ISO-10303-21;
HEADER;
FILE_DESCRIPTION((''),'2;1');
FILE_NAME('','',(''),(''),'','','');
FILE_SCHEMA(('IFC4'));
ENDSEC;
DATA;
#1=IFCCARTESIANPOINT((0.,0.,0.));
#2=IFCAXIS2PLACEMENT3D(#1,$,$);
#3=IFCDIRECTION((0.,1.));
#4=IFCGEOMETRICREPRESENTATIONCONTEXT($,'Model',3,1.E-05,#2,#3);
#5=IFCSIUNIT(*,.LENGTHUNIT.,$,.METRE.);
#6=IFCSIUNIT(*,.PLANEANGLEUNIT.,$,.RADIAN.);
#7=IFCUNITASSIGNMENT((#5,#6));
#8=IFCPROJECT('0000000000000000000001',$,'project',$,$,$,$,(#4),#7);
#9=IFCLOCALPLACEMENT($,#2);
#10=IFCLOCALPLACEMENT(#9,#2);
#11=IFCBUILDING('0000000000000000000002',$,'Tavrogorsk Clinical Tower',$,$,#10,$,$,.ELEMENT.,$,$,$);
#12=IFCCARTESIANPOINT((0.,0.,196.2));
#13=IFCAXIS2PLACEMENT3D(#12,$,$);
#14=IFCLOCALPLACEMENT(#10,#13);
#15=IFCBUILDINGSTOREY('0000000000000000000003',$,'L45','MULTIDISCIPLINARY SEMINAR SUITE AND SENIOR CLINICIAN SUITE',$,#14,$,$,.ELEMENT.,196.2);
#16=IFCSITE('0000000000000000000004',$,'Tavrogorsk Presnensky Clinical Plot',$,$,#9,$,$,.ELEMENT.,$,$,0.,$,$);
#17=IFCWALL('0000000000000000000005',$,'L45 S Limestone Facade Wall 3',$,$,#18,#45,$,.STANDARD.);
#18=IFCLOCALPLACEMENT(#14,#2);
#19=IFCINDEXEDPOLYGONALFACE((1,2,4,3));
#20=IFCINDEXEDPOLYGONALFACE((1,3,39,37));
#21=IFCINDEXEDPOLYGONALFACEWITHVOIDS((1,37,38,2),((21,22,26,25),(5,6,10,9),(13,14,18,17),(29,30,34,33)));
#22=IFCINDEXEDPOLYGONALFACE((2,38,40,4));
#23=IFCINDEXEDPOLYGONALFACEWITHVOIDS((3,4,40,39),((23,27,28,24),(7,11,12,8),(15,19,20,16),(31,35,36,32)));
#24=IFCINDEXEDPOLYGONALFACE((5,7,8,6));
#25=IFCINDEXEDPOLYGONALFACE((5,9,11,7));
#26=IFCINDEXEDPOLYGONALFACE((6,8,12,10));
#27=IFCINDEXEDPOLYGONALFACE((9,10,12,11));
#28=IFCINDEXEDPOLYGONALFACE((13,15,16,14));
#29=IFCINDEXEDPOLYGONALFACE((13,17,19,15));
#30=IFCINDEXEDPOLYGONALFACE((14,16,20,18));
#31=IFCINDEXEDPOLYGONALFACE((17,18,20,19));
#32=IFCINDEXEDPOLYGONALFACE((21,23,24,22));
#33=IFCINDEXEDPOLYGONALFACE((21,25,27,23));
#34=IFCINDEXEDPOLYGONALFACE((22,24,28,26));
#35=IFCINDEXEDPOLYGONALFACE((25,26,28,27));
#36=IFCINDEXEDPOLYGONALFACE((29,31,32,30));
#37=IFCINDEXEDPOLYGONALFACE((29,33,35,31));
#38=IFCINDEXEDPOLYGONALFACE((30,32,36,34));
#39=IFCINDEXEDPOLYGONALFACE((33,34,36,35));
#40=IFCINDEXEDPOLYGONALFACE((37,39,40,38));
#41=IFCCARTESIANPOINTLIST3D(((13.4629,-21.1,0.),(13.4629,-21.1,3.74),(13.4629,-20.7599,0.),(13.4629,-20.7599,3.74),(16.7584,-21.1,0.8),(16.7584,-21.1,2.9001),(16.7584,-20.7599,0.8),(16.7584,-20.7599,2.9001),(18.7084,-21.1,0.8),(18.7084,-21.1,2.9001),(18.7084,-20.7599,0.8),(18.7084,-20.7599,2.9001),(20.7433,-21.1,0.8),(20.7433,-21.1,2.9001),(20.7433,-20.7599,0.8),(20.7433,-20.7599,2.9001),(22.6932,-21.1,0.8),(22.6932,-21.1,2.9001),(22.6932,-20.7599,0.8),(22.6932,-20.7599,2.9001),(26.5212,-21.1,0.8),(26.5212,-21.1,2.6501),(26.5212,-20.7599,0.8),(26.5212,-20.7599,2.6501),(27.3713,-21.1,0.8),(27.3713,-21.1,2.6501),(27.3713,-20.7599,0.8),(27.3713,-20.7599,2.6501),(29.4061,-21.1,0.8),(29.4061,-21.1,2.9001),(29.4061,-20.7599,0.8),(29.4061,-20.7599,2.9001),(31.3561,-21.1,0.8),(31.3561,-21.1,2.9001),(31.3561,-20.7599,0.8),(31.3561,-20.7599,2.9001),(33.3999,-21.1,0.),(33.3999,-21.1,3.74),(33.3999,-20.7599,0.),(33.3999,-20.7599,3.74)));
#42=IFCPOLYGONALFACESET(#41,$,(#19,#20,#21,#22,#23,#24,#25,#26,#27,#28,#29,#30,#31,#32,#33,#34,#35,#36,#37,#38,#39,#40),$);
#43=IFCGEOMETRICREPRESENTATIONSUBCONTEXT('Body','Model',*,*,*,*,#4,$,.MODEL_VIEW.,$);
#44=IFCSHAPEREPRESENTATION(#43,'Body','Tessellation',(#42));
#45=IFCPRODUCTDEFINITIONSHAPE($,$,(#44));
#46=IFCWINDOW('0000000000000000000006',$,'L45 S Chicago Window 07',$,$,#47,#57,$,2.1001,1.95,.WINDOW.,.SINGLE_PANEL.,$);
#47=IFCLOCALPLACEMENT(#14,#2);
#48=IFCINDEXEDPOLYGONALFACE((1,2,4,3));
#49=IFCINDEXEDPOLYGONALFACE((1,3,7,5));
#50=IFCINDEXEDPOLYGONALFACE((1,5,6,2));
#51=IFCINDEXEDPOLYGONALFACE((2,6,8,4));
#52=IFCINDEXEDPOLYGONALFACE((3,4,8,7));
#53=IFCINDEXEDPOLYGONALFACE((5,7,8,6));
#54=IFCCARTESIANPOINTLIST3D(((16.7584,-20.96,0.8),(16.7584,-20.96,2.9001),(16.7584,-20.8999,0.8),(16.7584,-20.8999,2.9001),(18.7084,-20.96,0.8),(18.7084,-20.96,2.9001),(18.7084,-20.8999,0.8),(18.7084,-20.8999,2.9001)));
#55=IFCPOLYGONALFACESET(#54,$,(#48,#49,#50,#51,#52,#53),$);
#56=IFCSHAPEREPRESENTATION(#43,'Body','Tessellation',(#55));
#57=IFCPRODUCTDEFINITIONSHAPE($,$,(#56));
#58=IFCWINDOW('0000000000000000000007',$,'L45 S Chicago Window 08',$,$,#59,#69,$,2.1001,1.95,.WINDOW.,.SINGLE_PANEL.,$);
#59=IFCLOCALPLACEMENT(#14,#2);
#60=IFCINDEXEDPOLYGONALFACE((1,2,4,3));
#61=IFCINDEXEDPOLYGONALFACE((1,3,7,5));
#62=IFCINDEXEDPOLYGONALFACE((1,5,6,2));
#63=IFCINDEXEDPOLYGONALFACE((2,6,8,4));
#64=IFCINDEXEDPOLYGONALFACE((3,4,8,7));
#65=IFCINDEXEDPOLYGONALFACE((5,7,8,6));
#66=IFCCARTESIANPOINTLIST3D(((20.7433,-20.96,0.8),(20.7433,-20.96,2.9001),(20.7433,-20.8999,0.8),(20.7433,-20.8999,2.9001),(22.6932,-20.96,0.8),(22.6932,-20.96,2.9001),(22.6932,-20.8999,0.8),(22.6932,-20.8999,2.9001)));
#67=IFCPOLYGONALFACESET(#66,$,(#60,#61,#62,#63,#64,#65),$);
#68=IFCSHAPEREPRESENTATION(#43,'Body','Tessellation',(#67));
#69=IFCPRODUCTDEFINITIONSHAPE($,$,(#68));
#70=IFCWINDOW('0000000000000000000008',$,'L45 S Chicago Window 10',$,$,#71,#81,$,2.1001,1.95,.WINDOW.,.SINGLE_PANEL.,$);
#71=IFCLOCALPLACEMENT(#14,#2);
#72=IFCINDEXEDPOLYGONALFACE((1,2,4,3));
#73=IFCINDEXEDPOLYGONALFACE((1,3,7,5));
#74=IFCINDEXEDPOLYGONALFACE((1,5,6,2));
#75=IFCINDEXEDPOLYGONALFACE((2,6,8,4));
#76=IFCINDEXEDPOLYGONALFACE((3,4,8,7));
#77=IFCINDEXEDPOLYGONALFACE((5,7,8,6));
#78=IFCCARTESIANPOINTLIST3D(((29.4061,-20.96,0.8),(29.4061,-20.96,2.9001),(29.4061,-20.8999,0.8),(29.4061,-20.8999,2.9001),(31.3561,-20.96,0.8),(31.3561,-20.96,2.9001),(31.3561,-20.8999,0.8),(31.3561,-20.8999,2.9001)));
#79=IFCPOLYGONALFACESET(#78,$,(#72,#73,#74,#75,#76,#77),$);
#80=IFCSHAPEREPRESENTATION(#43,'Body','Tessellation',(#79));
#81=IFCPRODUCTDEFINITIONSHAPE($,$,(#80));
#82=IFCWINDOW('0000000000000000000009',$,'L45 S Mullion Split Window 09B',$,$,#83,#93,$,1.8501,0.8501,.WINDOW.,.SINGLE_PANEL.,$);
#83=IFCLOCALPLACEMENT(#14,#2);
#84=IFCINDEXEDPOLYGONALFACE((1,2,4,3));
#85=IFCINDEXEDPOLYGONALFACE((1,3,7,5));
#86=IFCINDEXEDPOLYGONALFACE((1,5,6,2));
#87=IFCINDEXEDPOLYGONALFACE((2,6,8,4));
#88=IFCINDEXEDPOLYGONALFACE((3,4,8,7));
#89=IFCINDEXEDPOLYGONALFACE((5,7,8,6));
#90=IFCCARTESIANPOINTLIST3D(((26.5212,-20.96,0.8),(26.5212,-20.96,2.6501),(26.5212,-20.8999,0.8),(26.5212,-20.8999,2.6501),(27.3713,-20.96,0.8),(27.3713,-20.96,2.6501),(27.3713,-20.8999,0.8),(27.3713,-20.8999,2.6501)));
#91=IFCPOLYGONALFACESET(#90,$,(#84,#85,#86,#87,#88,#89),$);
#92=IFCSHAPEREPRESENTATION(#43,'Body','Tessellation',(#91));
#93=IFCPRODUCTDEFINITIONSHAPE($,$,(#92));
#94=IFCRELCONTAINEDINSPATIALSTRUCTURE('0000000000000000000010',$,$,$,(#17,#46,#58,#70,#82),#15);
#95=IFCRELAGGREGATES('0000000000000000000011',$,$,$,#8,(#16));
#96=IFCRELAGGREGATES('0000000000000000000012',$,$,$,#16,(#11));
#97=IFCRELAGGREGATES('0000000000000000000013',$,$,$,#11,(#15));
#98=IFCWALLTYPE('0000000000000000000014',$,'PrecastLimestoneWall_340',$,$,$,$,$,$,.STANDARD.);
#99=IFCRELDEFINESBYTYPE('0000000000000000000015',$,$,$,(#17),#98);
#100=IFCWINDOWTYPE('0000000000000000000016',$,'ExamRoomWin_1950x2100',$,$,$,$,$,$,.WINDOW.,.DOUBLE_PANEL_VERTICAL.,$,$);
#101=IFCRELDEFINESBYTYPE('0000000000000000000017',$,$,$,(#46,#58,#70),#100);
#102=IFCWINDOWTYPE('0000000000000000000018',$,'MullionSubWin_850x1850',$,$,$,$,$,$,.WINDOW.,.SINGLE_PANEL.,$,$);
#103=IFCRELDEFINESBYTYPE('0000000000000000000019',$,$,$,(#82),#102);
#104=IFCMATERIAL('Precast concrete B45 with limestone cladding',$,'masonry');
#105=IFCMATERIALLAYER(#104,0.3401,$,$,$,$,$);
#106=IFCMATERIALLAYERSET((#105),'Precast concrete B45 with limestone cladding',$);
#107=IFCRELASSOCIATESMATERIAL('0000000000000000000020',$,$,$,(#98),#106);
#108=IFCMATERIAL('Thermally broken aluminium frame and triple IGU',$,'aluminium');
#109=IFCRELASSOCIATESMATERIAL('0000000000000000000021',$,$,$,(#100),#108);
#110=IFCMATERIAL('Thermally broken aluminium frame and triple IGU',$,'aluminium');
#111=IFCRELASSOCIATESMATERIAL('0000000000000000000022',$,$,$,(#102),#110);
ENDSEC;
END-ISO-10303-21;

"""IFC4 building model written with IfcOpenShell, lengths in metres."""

from ifc_helpers import new_model, si_unit, direction, frame, frame_2d, origin, place, context, subcontext, project, spatial, rectangle, extrude, material, layer, layer_set, type_object, element, fill, save


model = new_model("IFC4")

# Units and contexts
model_context = context("Model", 3, precision=1e-05, world=origin(), true_north=direction((0.0, 1.0)))
body_context = subcontext(model_context, "Body", "Model", "MODEL_VIEW")
ifc_project = project(units=[si_unit("LENGTHUNIT", "METRE"), si_unit("PLANEANGLEUNIT", "RADIAN")], contexts=[model_context])

# Site, building, storey
site_placement = place(None, origin())
site = spatial("IfcSite", under=ifc_project, at=site_placement, Name="Tavrogorsk Presnensky Clinical Plot", CompositionType="ELEMENT", RefElevation=0.0)
building_placement = place(site_placement, origin())
building = spatial("IfcBuilding", under=site, at=building_placement, Name="Tavrogorsk Clinical Tower", CompositionType="ELEMENT")
storey_placement = place(building_placement, frame((0.0, 0.0, 196.2)))
storey = spatial("IfcBuildingStorey", under=building, at=storey_placement, Name="L45", Description="MULTIDISCIPLINARY SEMINAR SUITE AND SENIOR CLINICIAN SUITE", CompositionType="ELEMENT", Elevation=196.2)

# Wall, openings, windows
ifc_material_1 = material(Name="Precast concrete B45 with limestone cladding", Category="masonry")
ifc_layer_1 = layer(ifc_material_1, 0.3401)
ifc_layer_set_1 = layer_set([ifc_layer_1], Name="Precast concrete B45 with limestone cladding")
wall_type_1 = type_object("IfcWallType", Name="PrecastLimestoneWall_340", PredefinedType="STANDARD", material=ifc_layer_set_1)
wall_1_placement = place(storey_placement, frame((13.4629, -20.9299, 0.0), z_axis=(0.0, 0.0, 1.0), x_axis=(1.0, 0.0, 0.0)))
wall_1 = element("IfcWall", 1, at=wall_1_placement, inside=storey, type_object=wall_type_1, Name="L45 S Limestone Facade Wall 3", PredefinedType="STANDARD", context=body_context, shape_type="SweptSolid", body=[
    extrude(rectangle(XDim=19.937, YDim=0.3401, at=frame_2d((9.9685, 0.0))), origin(), (0.0, 0.0, 1.0), 3.74),
])
opening_1_placement = place(wall_1_placement, frame((3.2954, 0.0, 0.8)))
opening_1 = element("IfcOpeningElement", 2, at=opening_1_placement, cuts=wall_1, PredefinedType="OPENING", context=body_context, shape_type="SweptSolid", body=[
    extrude(rectangle(XDim=1.95, YDim=2.1001, at=frame_2d((0.9751, 1.05))), frame((0.0, 0.1799, 0.0), z_axis=(0.0, -1.0, 0.0), x_axis=(1.0, 0.0, 0.0)), (0.0, 0.0, 1.0), 0.3601),
])
opening_2_placement = place(wall_1_placement, frame((7.2803, 0.0, 0.8)))
opening_2 = element("IfcOpeningElement", 3, at=opening_2_placement, cuts=wall_1, PredefinedType="OPENING", context=body_context, shape_type="SweptSolid", body=[
    extrude(rectangle(XDim=1.95, YDim=2.1001, at=frame_2d((0.9751, 1.05))), frame((0.0, 0.1799, 0.0), z_axis=(0.0, -1.0, 0.0), x_axis=(1.0, 0.0, 0.0)), (0.0, 0.0, 1.0), 0.3601),
])
opening_3_placement = place(wall_1_placement, frame((13.0583, 0.0, 0.8)))
opening_3 = element("IfcOpeningElement", 4, at=opening_3_placement, cuts=wall_1, PredefinedType="OPENING", context=body_context, shape_type="SweptSolid", body=[
    extrude(rectangle(XDim=0.8501, YDim=1.8501, at=frame_2d((0.425, 0.925))), frame((0.0, 0.1799, 0.0), z_axis=(0.0, -1.0, 0.0), x_axis=(1.0, 0.0, 0.0)), (0.0, 0.0, 1.0), 0.3601),
])
opening_4_placement = place(wall_1_placement, frame((15.9431, 0.0, 0.8)))
opening_4 = element("IfcOpeningElement", 5, at=opening_4_placement, cuts=wall_1, PredefinedType="OPENING", context=body_context, shape_type="SweptSolid", body=[
    extrude(rectangle(XDim=1.95, YDim=2.1001, at=frame_2d((0.9751, 1.05))), frame((0.0, 0.1799, 0.0), z_axis=(0.0, -1.0, 0.0), x_axis=(1.0, 0.0, 0.0)), (0.0, 0.0, 1.0), 0.3601),
])
ifc_material_2 = material(Name="Thermally broken aluminium frame and triple IGU", Category="aluminium")
window_type_1 = type_object("IfcWindowType", Name="ExamRoomWin_1950x2100", PartitioningType="DOUBLE_PANEL_VERTICAL", PredefinedType="WINDOW", material=ifc_material_2)
window_1_placement = place(opening_1_placement, origin())
window_1 = element("IfcWindow", 6, at=window_1_placement, inside=storey, type_object=window_type_1, Name="L45 S Chicago Window 07", OverallHeight=2.1001, OverallWidth=1.95, PartitioningType="SINGLE_PANEL", PredefinedType="WINDOW", context=body_context, shape_type="SweptSolid", body=[
    extrude(rectangle(XDim=1.95, YDim=2.1001, at=frame_2d((0.9751, 1.05))), frame((0.0, 0.03, 0.0), z_axis=(0.0, -1.0, 0.0), x_axis=(1.0, 0.0, 0.0)), (0.0, 0.0, 1.0), 0.0601),
])
fill(opening_1, window_1)
window_2_placement = place(opening_2_placement, origin())
window_2 = element("IfcWindow", 7, at=window_2_placement, inside=storey, type_object=window_type_1, Name="L45 S Chicago Window 08", OverallHeight=2.1001, OverallWidth=1.95, PartitioningType="SINGLE_PANEL", PredefinedType="WINDOW", context=body_context, shape_type="SweptSolid", body=[
    extrude(rectangle(XDim=1.95, YDim=2.1001, at=frame_2d((0.9751, 1.05))), frame((0.0, 0.03, 0.0), z_axis=(0.0, -1.0, 0.0), x_axis=(1.0, 0.0, 0.0)), (0.0, 0.0, 1.0), 0.0601),
])
fill(opening_2, window_2)
window_3_placement = place(opening_4_placement, origin())
window_3 = element("IfcWindow", 8, at=window_3_placement, inside=storey, type_object=window_type_1, Name="L45 S Chicago Window 10", OverallHeight=2.1001, OverallWidth=1.95, PartitioningType="SINGLE_PANEL", PredefinedType="WINDOW", context=body_context, shape_type="SweptSolid", body=[
    extrude(rectangle(XDim=1.95, YDim=2.1001, at=frame_2d((0.9751, 1.05))), frame((0.0, 0.03, 0.0), z_axis=(0.0, -1.0, 0.0), x_axis=(1.0, 0.0, 0.0)), (0.0, 0.0, 1.0), 0.0601),
])
fill(opening_4, window_3)
ifc_material_3 = material(Name="Thermally broken aluminium frame and triple IGU", Category="aluminium")
window_type_2 = type_object("IfcWindowType", Name="MullionSubWin_850x1850", PartitioningType="SINGLE_PANEL", PredefinedType="WINDOW", material=ifc_material_3)
window_4_placement = place(opening_3_placement, origin())
window_4 = element("IfcWindow", 9, at=window_4_placement, inside=storey, type_object=window_type_2, Name="L45 S Mullion Split Window 09B", OverallHeight=1.8501, OverallWidth=0.8501, PartitioningType="SINGLE_PANEL", PredefinedType="WINDOW", context=body_context, shape_type="SweptSolid", body=[
    extrude(rectangle(XDim=0.8501, YDim=1.8501, at=frame_2d((0.425, 0.925))), frame((0.0, 0.03, 0.0), z_axis=(0.0, -1.0, 0.0), x_axis=(1.0, 0.0, 0.0)), (0.0, 0.0, 1.0), 0.0601),
])
fill(opening_3, window_4)

save(model, "model.ifc")
